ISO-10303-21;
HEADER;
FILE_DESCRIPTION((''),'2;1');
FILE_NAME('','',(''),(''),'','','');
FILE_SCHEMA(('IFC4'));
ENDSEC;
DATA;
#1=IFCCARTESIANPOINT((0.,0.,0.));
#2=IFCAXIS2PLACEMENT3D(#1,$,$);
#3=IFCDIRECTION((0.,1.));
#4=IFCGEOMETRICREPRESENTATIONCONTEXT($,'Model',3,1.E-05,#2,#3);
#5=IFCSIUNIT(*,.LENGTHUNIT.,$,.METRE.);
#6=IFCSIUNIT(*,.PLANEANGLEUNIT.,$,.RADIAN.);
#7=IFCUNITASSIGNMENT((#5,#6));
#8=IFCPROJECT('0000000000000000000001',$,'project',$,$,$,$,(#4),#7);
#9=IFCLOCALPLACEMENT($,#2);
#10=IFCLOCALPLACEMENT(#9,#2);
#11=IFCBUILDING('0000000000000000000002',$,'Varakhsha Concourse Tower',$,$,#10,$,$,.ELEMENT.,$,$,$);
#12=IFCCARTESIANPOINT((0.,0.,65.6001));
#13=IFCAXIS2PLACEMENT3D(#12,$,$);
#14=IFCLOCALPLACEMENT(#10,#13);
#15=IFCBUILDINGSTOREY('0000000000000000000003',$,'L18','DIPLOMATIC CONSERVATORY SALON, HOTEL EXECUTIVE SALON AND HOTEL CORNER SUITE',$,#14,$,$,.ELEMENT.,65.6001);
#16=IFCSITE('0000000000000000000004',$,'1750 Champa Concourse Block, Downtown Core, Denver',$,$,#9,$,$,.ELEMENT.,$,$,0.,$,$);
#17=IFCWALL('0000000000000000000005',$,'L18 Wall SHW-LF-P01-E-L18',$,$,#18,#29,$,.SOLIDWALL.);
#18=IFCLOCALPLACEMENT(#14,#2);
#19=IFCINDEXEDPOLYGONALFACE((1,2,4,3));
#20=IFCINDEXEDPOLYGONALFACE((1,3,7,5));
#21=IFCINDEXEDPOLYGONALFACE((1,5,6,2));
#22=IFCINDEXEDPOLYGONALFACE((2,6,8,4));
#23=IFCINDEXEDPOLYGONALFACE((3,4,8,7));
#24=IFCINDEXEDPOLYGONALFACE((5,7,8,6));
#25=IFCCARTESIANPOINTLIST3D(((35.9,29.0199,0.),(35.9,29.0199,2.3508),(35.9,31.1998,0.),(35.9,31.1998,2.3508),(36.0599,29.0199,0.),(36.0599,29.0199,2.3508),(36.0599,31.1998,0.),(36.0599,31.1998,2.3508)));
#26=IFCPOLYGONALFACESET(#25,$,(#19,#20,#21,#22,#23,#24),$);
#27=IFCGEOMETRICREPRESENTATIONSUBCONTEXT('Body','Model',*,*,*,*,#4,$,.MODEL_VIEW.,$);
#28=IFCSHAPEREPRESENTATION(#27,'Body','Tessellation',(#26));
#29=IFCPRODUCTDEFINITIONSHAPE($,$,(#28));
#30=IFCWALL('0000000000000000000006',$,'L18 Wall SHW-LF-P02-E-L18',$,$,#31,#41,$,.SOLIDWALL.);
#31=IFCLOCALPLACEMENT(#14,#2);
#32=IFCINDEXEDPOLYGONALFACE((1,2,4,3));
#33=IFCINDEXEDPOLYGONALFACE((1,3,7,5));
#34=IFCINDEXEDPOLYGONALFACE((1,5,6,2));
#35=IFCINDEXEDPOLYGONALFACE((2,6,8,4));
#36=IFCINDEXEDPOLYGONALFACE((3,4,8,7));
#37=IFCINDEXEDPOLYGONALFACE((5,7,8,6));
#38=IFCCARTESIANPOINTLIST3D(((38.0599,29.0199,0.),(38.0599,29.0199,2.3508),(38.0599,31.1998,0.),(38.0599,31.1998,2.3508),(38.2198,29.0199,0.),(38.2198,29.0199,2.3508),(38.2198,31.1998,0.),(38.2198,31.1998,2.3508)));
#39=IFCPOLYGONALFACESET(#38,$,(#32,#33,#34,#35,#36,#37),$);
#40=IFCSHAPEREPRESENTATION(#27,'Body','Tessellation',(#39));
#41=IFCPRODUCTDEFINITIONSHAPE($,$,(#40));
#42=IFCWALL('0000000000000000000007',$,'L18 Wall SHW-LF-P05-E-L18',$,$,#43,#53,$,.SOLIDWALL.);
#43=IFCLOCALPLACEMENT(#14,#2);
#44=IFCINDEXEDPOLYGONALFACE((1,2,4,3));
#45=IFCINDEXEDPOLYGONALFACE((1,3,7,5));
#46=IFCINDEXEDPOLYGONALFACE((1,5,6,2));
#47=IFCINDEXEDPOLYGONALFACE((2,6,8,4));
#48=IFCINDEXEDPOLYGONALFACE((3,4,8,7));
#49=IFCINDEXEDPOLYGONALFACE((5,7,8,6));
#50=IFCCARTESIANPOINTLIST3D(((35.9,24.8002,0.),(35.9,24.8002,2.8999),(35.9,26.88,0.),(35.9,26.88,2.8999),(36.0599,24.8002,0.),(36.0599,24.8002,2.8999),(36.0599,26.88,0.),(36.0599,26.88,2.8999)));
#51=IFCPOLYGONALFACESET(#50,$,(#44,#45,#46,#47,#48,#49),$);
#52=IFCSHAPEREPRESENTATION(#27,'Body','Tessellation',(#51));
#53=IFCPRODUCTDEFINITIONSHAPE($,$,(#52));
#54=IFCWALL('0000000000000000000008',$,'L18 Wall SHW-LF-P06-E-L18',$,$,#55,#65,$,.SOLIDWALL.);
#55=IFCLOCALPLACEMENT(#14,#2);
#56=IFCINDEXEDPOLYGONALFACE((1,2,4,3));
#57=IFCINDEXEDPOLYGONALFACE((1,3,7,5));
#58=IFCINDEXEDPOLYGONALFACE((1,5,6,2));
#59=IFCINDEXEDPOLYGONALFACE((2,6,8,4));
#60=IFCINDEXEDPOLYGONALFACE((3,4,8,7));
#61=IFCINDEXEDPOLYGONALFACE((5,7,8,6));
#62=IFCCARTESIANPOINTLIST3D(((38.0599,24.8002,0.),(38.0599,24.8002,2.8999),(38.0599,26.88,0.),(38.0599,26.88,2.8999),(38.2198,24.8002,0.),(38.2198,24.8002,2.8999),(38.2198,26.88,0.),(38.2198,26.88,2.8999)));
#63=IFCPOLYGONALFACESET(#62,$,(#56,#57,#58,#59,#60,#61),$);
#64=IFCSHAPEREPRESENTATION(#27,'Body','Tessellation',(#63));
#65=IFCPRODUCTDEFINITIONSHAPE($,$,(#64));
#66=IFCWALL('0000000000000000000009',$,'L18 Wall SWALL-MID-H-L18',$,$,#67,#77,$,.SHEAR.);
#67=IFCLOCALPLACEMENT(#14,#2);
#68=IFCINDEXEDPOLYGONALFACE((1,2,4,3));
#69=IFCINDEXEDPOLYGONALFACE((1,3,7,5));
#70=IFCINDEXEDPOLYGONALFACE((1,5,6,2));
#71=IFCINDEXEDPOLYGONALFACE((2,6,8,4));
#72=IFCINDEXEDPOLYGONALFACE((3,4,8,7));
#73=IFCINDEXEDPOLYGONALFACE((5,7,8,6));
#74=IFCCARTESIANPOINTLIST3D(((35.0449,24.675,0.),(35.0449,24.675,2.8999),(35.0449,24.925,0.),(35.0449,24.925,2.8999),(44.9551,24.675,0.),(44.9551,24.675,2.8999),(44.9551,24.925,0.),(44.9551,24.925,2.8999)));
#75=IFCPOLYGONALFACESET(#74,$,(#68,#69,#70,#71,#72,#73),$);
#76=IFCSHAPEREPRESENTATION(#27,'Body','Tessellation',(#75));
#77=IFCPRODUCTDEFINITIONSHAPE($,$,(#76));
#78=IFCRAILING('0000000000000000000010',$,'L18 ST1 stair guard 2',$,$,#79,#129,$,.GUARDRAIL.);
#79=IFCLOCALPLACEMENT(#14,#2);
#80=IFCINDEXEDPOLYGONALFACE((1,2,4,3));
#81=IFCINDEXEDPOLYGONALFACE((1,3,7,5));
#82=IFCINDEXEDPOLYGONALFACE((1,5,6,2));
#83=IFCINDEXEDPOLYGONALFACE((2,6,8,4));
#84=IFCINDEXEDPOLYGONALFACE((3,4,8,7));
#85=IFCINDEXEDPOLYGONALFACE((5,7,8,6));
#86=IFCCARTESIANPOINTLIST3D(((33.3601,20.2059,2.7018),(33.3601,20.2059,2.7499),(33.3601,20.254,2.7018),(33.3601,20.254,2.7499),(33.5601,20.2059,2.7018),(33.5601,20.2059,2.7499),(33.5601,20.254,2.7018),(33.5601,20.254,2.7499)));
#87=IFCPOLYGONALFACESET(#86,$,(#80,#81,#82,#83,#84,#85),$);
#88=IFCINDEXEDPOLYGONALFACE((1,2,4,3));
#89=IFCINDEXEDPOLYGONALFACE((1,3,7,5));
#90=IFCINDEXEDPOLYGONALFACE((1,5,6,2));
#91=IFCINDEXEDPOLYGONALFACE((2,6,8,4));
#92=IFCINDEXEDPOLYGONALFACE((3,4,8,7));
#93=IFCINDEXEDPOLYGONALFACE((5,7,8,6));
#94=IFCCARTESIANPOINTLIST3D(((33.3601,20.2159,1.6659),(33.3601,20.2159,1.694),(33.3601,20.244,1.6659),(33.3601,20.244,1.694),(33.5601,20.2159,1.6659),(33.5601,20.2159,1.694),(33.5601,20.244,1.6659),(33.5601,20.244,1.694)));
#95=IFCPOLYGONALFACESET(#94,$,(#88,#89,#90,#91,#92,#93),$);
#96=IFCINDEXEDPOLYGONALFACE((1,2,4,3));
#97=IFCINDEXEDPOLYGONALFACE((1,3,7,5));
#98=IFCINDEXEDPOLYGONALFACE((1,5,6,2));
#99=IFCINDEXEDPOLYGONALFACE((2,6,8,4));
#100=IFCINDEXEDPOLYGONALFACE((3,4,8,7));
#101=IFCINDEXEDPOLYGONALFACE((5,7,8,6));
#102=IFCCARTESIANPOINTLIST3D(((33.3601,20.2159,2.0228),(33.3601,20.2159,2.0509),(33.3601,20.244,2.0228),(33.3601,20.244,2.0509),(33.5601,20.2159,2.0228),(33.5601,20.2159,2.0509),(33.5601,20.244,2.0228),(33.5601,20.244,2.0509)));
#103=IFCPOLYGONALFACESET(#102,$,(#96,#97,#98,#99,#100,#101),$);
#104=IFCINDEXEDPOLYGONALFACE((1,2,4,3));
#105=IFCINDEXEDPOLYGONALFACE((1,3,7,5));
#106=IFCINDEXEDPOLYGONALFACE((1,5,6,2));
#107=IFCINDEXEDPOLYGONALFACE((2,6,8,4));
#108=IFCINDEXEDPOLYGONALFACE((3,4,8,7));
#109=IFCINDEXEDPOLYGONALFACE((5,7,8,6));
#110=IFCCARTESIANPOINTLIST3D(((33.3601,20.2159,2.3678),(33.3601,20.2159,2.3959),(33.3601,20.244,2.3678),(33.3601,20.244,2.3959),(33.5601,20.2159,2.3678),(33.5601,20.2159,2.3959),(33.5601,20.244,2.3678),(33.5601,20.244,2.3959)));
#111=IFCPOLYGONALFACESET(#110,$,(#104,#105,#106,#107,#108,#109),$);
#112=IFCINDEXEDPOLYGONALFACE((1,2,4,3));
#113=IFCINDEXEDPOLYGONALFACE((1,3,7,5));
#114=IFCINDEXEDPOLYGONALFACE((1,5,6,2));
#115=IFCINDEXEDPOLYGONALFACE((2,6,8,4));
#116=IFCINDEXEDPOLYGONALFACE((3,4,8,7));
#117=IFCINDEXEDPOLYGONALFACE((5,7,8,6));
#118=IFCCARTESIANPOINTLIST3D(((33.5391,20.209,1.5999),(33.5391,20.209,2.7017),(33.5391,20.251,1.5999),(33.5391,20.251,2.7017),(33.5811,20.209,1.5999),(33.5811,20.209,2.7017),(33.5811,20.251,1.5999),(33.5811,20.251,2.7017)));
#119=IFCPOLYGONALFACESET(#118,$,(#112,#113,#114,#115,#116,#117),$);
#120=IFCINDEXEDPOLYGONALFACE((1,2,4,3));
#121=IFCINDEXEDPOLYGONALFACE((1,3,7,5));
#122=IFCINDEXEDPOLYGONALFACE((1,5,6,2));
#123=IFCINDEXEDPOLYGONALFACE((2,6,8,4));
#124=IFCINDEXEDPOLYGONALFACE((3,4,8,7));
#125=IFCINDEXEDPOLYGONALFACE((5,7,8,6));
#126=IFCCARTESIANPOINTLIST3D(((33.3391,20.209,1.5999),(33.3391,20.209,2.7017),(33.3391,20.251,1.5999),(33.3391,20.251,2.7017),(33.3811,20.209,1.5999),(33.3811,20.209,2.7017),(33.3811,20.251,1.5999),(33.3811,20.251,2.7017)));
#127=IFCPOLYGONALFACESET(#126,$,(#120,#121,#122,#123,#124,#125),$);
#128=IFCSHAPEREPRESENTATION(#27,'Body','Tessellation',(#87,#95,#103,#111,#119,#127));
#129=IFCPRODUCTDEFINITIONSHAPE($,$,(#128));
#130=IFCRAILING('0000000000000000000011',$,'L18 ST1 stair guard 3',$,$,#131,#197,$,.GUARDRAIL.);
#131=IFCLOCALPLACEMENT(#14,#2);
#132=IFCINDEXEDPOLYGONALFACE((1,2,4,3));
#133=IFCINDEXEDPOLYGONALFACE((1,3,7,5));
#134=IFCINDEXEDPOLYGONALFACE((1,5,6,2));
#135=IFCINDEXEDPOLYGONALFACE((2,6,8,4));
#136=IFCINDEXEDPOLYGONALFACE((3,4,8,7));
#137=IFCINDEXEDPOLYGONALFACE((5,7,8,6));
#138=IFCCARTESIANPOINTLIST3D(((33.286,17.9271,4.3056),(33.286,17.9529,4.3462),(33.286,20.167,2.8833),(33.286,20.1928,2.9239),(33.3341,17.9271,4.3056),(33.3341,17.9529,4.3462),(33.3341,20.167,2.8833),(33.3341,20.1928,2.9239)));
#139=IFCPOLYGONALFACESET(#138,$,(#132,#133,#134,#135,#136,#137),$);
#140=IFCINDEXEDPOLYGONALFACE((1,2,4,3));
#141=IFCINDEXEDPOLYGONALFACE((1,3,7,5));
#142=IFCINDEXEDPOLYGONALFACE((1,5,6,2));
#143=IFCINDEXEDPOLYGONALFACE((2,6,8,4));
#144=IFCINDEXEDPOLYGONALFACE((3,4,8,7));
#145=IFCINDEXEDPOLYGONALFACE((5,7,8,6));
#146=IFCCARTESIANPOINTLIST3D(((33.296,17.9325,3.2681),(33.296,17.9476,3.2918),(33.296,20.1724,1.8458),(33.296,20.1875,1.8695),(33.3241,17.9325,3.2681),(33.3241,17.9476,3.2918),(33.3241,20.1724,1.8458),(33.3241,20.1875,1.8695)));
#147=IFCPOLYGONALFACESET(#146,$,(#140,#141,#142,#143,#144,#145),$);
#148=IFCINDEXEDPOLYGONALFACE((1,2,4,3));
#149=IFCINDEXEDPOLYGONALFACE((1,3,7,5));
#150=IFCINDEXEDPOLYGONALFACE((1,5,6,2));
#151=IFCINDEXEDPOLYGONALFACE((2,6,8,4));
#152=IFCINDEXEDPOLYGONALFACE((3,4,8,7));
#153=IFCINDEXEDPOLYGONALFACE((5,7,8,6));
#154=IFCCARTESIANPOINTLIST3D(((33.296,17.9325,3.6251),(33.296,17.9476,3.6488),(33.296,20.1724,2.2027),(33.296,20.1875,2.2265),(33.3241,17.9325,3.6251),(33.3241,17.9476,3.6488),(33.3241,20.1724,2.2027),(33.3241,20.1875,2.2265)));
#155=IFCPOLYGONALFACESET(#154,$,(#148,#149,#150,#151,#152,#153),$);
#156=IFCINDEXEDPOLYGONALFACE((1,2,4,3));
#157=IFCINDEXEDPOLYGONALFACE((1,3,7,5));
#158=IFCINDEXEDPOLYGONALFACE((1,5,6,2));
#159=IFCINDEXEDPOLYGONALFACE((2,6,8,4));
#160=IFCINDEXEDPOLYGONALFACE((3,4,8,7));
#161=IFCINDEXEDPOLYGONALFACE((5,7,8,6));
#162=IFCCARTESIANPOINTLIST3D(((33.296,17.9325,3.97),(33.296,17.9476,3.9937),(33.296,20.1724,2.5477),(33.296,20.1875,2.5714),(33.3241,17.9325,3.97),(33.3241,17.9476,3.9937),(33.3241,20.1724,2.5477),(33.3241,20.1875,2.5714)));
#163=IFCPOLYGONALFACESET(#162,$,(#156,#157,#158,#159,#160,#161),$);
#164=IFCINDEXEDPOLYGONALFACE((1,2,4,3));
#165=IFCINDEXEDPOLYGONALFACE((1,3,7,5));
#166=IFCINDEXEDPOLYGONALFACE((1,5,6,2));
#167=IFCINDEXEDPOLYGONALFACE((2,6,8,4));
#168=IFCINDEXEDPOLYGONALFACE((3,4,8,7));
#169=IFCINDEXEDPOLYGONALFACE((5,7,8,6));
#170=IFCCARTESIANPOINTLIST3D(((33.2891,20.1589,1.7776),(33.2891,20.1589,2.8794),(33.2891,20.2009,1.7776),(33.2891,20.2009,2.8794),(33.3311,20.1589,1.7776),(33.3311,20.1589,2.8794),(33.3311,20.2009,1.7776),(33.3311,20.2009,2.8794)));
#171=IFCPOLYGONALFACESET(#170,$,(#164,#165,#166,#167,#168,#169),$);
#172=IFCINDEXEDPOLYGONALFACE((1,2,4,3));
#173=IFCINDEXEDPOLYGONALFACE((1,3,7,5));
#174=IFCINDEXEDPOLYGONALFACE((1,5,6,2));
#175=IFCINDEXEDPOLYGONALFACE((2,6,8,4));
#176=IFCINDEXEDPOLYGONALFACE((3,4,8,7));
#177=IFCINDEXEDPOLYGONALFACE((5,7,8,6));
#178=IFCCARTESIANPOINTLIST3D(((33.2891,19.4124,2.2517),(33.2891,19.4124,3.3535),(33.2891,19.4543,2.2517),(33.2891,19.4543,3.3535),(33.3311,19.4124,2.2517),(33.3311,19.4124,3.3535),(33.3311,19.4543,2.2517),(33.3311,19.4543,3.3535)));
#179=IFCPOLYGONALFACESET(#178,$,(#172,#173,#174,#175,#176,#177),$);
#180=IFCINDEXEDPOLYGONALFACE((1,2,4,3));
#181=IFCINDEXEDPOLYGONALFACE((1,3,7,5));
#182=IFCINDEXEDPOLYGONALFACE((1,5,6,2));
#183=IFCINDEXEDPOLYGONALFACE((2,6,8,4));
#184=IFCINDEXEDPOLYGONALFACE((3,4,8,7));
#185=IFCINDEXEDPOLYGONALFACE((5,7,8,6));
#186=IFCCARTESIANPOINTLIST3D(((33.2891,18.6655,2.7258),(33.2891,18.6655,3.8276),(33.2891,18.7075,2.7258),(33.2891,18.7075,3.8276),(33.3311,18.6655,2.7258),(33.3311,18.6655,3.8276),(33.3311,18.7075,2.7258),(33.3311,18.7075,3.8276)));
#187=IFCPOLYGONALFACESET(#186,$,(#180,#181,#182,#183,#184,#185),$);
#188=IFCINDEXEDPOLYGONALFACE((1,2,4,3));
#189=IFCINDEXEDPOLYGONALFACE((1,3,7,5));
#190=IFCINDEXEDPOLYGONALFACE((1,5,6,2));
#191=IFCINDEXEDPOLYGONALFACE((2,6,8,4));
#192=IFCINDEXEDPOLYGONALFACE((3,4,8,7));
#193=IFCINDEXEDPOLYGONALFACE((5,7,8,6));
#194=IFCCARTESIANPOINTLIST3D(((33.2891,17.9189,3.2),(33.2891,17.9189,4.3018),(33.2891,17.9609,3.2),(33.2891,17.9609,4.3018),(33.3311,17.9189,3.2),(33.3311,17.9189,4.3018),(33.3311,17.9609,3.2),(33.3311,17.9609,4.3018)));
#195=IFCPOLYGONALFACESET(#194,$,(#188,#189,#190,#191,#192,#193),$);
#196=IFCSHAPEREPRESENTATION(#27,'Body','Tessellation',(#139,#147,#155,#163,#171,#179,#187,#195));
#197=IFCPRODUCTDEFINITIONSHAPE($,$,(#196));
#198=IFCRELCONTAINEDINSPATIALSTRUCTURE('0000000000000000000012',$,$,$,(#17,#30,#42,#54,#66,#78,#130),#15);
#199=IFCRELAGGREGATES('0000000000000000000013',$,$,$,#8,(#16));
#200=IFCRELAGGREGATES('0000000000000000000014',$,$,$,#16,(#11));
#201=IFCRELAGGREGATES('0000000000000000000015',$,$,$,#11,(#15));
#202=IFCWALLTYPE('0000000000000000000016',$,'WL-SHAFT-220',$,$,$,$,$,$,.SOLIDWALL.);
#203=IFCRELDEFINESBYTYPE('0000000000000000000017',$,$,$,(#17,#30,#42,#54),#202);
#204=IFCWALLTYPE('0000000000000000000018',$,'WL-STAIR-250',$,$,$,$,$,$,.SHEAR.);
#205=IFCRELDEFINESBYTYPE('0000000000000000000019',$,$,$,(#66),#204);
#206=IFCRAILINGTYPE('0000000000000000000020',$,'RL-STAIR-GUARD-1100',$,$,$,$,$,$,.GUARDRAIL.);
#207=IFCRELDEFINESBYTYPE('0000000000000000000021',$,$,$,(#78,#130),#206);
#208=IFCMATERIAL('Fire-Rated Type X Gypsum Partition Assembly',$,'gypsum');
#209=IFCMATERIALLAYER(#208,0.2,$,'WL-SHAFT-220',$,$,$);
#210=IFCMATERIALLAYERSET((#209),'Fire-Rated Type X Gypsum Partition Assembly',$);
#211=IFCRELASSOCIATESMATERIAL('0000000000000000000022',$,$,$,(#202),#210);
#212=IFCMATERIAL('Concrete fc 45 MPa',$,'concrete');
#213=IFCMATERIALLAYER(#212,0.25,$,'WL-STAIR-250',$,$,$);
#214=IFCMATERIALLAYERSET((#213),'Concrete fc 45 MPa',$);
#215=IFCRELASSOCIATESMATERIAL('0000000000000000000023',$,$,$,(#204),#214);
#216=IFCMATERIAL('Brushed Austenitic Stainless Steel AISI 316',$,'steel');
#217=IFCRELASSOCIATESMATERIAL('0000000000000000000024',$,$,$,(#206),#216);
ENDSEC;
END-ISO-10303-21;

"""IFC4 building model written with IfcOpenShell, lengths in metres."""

from ifc_helpers import new_model, si_unit, direction, frame, frame_2d, origin, origin_2d, place, context, subcontext, project, spatial, rectangle, extrude, material, layer, layer_set, type_object, element, save


model = new_model("IFC4")

# Units and contexts
model_context = context("Model", 3, precision=1e-05, world=origin(), true_north=direction((0.0, 1.0)))
body_context = subcontext(model_context, "Body", "Model", "MODEL_VIEW")
ifc_project = project(units=[si_unit("LENGTHUNIT", "METRE"), si_unit("PLANEANGLEUNIT", "RADIAN")], contexts=[model_context])

# Site, building, storey
site_placement = place(None, origin())
site = spatial("IfcSite", under=ifc_project, at=site_placement, Name="1750 Champa Concourse Block, Downtown Core, Denver", CompositionType="ELEMENT", RefElevation=0.0)
building_placement = place(site_placement, origin())
building = spatial("IfcBuilding", under=site, at=building_placement, Name="Varakhsha Concourse Tower", CompositionType="ELEMENT")
storey_placement = place(building_placement, frame((0.0, 0.0, 65.6001)))
storey = spatial("IfcBuildingStorey", under=building, at=storey_placement, Name="L18", Description="DIPLOMATIC CONSERVATORY SALON, HOTEL EXECUTIVE SALON AND HOTEL CORNER SUITE", CompositionType="ELEMENT", Elevation=65.6001)

# Shared definitions
ifc_material_1 = material(Name="Fire-Rated Type X Gypsum Partition Assembly", Category="gypsum")

# Shared definitions
ifc_layer_1 = layer(ifc_material_1, 0.2, Name="WL-SHAFT-220")
ifc_layer_set_1 = layer_set([ifc_layer_1], Name="Fire-Rated Type X Gypsum Partition Assembly")
wall_type_1 = type_object("IfcWallType", Name="WL-SHAFT-220", PredefinedType="SOLIDWALL", material=ifc_layer_set_1)
ifc_material_2 = material(Name="Brushed Austenitic Stainless Steel AISI 316", Category="steel")

# Walls
for number, where, z_axis, x_axis, name in (
    (1, (35.98, 29.02, 0.0), (0.0, 0.0, 1.0), (0.0, 1.0, 0.0), "L18 Wall SHW-LF-P01-E-L18"),
    (2, (38.1399, 29.02, 0.0), (0.0, 0.0, 1.0), (0.0, 1.0, 0.0), "L18 Wall SHW-LF-P02-E-L18"),
):
    element("IfcWall", number, at=place(storey_placement, frame(where, z_axis=z_axis, x_axis=x_axis)), inside=storey, type_object=wall_type_1, Name=name, PredefinedType="SOLIDWALL", context=body_context, shape_type="SweptSolid", body=[
        extrude(rectangle(XDim=2.1799, YDim=0.1599, at=frame_2d((1.0898, 0.0))), origin(), (0.0, 0.0, 1.0), 2.3508),
    ])
for number, where, z_axis, x_axis, name in (
    (3, (35.98, 24.8, 0.0), (0.0, 0.0, 1.0), (0.0, 1.0, 0.0), "L18 Wall SHW-LF-P05-E-L18"),
    (4, (38.1399, 24.8, 0.0), (0.0, 0.0, 1.0), (0.0, 1.0, 0.0), "L18 Wall SHW-LF-P06-E-L18"),
):
    element("IfcWall", number, at=place(storey_placement, frame(where, z_axis=z_axis, x_axis=x_axis)), inside=storey, type_object=wall_type_1, Name=name, PredefinedType="SOLIDWALL", context=body_context, shape_type="SweptSolid", body=[
        extrude(rectangle(XDim=2.0798, YDim=0.1599, at=frame_2d((1.04, 0.0))), origin(), (0.0, 0.0, 1.0), 2.8999),
    ])
ifc_material_3 = material(Name="Concrete fc 45 MPa", Category="concrete")
ifc_layer_2 = layer(ifc_material_3, 0.25, Name="WL-STAIR-250")
ifc_layer_set_2 = layer_set([ifc_layer_2], Name="Concrete fc 45 MPa")
wall_type_2 = type_object("IfcWallType", Name="WL-STAIR-250", PredefinedType="SHEAR", material=ifc_layer_set_2)
wall_1_placement = place(storey_placement, frame((35.0449, 24.8, 0.0), z_axis=(0.0, 0.0, 1.0), x_axis=(1.0, 0.0, 0.0)))
element("IfcWall", 5, at=wall_1_placement, inside=storey, type_object=wall_type_2, Name="L18 Wall SWALL-MID-H-L18", PredefinedType="SHEAR", context=body_context, shape_type="SweptSolid", body=[
    extrude(rectangle(XDim=9.9102, YDim=0.25, at=frame_2d((4.9551, 0.0))), origin(), (0.0, 0.0, 1.0), 2.8999),
])

# Railings
railing_type = type_object("IfcRailingType", Name="RL-STAIR-GUARD-1100", PredefinedType="GUARDRAIL", material=ifc_material_2)
railing_1_placement = place(storey_placement, frame((33.5601, 20.23, 1.5999)))
element("IfcRailing", 6, at=railing_1_placement, inside=storey, type_object=railing_type, Name="L18 ST1 stair guard 2", PredefinedType="GUARDRAIL", context=body_context, shape_type="SweptSolid", body=[
    extrude(rectangle(XDim=0.0481, YDim=0.0481, at=origin_2d()), frame((0.0, 0.0, 1.126), z_axis=(-1.0, 0.0, 0.0), x_axis=(0.0, -1.0, 0.0)), (0.0, 0.0, 1.0), 0.2),
    extrude(rectangle(XDim=0.0281, YDim=0.0281, at=origin_2d()), frame((0.0, 0.0, 0.0801), z_axis=(-1.0, 0.0, 0.0), x_axis=(0.0, -1.0, 0.0)), (0.0, 0.0, 1.0), 0.2),
    extrude(rectangle(XDim=0.0281, YDim=0.0281, at=origin_2d()), frame((0.0, 0.0, 0.437), z_axis=(-1.0, 0.0, 0.0), x_axis=(0.0, -1.0, 0.0)), (0.0, 0.0, 1.0), 0.2),
    extrude(rectangle(XDim=0.0281, YDim=0.0281, at=origin_2d()), frame((0.0, 0.0, 0.782), z_axis=(-1.0, 0.0, 0.0), x_axis=(0.0, -1.0, 0.0)), (0.0, 0.0, 1.0), 0.2),
    extrude(rectangle(XDim=0.042, YDim=0.042, at=origin_2d()), origin(), (0.0, 0.0, 1.0), 1.1018),
    extrude(rectangle(XDim=0.042, YDim=0.042, at=origin_2d()), frame((-0.2, 0.0, 0.0)), (0.0, 0.0, 1.0), 1.1018),
])
railing_2_placement = place(storey_placement, frame((33.3101, 20.1799, 1.7776)))
element("IfcRailing", 7, at=railing_2_placement, inside=storey, type_object=railing_type, Name="L18 ST1 stair guard 3", PredefinedType="GUARDRAIL", context=body_context, shape_type="SweptSolid", body=[
    extrude(rectangle(XDim=0.0481, YDim=0.0481, at=origin_2d()), frame((0.0, 0.0, 1.126), z_axis=(0.0, -0.844188, 0.536048), x_axis=(1.0, 0.0, 0.0)), (0.0, 0.0, 1.0), 2.6533),
    extrude(rectangle(XDim=0.0281, YDim=0.0281, at=origin_2d()), frame((0.0, 0.0, 0.0801), z_axis=(0.0, -0.844188, 0.536048), x_axis=(1.0, 0.0, 0.0)), (0.0, 0.0, 1.0), 2.6533),
    extrude(rectangle(XDim=0.0281, YDim=0.0281, at=origin_2d()), frame((0.0, 0.0, 0.437), z_axis=(0.0, -0.844188, 0.536048), x_axis=(1.0, 0.0, 0.0)), (0.0, 0.0, 1.0), 2.6533),
    extrude(rectangle(XDim=0.0281, YDim=0.0281, at=origin_2d()), frame((0.0, 0.0, 0.782), z_axis=(0.0, -0.844188, 0.536048), x_axis=(1.0, 0.0, 0.0)), (0.0, 0.0, 1.0), 2.6533),
    extrude(rectangle(XDim=0.042, YDim=0.042, at=origin_2d()), origin(), (0.0, 0.0, 1.0), 1.1018),
    extrude(rectangle(XDim=0.042, YDim=0.042, at=origin_2d()), frame((0.0, -0.7466, 0.4741)), (0.0, 0.0, 1.0), 1.1018),
    extrude(rectangle(XDim=0.042, YDim=0.042, at=origin_2d()), frame((0.0, -1.4934, 0.9482)), (0.0, 0.0, 1.0), 1.1018),
    extrude(rectangle(XDim=0.042, YDim=0.042, at=origin_2d()), frame((0.0, -2.24, 1.4224)), (0.0, 0.0, 1.0), 1.1018),
])

save(model, "model.ifc")
